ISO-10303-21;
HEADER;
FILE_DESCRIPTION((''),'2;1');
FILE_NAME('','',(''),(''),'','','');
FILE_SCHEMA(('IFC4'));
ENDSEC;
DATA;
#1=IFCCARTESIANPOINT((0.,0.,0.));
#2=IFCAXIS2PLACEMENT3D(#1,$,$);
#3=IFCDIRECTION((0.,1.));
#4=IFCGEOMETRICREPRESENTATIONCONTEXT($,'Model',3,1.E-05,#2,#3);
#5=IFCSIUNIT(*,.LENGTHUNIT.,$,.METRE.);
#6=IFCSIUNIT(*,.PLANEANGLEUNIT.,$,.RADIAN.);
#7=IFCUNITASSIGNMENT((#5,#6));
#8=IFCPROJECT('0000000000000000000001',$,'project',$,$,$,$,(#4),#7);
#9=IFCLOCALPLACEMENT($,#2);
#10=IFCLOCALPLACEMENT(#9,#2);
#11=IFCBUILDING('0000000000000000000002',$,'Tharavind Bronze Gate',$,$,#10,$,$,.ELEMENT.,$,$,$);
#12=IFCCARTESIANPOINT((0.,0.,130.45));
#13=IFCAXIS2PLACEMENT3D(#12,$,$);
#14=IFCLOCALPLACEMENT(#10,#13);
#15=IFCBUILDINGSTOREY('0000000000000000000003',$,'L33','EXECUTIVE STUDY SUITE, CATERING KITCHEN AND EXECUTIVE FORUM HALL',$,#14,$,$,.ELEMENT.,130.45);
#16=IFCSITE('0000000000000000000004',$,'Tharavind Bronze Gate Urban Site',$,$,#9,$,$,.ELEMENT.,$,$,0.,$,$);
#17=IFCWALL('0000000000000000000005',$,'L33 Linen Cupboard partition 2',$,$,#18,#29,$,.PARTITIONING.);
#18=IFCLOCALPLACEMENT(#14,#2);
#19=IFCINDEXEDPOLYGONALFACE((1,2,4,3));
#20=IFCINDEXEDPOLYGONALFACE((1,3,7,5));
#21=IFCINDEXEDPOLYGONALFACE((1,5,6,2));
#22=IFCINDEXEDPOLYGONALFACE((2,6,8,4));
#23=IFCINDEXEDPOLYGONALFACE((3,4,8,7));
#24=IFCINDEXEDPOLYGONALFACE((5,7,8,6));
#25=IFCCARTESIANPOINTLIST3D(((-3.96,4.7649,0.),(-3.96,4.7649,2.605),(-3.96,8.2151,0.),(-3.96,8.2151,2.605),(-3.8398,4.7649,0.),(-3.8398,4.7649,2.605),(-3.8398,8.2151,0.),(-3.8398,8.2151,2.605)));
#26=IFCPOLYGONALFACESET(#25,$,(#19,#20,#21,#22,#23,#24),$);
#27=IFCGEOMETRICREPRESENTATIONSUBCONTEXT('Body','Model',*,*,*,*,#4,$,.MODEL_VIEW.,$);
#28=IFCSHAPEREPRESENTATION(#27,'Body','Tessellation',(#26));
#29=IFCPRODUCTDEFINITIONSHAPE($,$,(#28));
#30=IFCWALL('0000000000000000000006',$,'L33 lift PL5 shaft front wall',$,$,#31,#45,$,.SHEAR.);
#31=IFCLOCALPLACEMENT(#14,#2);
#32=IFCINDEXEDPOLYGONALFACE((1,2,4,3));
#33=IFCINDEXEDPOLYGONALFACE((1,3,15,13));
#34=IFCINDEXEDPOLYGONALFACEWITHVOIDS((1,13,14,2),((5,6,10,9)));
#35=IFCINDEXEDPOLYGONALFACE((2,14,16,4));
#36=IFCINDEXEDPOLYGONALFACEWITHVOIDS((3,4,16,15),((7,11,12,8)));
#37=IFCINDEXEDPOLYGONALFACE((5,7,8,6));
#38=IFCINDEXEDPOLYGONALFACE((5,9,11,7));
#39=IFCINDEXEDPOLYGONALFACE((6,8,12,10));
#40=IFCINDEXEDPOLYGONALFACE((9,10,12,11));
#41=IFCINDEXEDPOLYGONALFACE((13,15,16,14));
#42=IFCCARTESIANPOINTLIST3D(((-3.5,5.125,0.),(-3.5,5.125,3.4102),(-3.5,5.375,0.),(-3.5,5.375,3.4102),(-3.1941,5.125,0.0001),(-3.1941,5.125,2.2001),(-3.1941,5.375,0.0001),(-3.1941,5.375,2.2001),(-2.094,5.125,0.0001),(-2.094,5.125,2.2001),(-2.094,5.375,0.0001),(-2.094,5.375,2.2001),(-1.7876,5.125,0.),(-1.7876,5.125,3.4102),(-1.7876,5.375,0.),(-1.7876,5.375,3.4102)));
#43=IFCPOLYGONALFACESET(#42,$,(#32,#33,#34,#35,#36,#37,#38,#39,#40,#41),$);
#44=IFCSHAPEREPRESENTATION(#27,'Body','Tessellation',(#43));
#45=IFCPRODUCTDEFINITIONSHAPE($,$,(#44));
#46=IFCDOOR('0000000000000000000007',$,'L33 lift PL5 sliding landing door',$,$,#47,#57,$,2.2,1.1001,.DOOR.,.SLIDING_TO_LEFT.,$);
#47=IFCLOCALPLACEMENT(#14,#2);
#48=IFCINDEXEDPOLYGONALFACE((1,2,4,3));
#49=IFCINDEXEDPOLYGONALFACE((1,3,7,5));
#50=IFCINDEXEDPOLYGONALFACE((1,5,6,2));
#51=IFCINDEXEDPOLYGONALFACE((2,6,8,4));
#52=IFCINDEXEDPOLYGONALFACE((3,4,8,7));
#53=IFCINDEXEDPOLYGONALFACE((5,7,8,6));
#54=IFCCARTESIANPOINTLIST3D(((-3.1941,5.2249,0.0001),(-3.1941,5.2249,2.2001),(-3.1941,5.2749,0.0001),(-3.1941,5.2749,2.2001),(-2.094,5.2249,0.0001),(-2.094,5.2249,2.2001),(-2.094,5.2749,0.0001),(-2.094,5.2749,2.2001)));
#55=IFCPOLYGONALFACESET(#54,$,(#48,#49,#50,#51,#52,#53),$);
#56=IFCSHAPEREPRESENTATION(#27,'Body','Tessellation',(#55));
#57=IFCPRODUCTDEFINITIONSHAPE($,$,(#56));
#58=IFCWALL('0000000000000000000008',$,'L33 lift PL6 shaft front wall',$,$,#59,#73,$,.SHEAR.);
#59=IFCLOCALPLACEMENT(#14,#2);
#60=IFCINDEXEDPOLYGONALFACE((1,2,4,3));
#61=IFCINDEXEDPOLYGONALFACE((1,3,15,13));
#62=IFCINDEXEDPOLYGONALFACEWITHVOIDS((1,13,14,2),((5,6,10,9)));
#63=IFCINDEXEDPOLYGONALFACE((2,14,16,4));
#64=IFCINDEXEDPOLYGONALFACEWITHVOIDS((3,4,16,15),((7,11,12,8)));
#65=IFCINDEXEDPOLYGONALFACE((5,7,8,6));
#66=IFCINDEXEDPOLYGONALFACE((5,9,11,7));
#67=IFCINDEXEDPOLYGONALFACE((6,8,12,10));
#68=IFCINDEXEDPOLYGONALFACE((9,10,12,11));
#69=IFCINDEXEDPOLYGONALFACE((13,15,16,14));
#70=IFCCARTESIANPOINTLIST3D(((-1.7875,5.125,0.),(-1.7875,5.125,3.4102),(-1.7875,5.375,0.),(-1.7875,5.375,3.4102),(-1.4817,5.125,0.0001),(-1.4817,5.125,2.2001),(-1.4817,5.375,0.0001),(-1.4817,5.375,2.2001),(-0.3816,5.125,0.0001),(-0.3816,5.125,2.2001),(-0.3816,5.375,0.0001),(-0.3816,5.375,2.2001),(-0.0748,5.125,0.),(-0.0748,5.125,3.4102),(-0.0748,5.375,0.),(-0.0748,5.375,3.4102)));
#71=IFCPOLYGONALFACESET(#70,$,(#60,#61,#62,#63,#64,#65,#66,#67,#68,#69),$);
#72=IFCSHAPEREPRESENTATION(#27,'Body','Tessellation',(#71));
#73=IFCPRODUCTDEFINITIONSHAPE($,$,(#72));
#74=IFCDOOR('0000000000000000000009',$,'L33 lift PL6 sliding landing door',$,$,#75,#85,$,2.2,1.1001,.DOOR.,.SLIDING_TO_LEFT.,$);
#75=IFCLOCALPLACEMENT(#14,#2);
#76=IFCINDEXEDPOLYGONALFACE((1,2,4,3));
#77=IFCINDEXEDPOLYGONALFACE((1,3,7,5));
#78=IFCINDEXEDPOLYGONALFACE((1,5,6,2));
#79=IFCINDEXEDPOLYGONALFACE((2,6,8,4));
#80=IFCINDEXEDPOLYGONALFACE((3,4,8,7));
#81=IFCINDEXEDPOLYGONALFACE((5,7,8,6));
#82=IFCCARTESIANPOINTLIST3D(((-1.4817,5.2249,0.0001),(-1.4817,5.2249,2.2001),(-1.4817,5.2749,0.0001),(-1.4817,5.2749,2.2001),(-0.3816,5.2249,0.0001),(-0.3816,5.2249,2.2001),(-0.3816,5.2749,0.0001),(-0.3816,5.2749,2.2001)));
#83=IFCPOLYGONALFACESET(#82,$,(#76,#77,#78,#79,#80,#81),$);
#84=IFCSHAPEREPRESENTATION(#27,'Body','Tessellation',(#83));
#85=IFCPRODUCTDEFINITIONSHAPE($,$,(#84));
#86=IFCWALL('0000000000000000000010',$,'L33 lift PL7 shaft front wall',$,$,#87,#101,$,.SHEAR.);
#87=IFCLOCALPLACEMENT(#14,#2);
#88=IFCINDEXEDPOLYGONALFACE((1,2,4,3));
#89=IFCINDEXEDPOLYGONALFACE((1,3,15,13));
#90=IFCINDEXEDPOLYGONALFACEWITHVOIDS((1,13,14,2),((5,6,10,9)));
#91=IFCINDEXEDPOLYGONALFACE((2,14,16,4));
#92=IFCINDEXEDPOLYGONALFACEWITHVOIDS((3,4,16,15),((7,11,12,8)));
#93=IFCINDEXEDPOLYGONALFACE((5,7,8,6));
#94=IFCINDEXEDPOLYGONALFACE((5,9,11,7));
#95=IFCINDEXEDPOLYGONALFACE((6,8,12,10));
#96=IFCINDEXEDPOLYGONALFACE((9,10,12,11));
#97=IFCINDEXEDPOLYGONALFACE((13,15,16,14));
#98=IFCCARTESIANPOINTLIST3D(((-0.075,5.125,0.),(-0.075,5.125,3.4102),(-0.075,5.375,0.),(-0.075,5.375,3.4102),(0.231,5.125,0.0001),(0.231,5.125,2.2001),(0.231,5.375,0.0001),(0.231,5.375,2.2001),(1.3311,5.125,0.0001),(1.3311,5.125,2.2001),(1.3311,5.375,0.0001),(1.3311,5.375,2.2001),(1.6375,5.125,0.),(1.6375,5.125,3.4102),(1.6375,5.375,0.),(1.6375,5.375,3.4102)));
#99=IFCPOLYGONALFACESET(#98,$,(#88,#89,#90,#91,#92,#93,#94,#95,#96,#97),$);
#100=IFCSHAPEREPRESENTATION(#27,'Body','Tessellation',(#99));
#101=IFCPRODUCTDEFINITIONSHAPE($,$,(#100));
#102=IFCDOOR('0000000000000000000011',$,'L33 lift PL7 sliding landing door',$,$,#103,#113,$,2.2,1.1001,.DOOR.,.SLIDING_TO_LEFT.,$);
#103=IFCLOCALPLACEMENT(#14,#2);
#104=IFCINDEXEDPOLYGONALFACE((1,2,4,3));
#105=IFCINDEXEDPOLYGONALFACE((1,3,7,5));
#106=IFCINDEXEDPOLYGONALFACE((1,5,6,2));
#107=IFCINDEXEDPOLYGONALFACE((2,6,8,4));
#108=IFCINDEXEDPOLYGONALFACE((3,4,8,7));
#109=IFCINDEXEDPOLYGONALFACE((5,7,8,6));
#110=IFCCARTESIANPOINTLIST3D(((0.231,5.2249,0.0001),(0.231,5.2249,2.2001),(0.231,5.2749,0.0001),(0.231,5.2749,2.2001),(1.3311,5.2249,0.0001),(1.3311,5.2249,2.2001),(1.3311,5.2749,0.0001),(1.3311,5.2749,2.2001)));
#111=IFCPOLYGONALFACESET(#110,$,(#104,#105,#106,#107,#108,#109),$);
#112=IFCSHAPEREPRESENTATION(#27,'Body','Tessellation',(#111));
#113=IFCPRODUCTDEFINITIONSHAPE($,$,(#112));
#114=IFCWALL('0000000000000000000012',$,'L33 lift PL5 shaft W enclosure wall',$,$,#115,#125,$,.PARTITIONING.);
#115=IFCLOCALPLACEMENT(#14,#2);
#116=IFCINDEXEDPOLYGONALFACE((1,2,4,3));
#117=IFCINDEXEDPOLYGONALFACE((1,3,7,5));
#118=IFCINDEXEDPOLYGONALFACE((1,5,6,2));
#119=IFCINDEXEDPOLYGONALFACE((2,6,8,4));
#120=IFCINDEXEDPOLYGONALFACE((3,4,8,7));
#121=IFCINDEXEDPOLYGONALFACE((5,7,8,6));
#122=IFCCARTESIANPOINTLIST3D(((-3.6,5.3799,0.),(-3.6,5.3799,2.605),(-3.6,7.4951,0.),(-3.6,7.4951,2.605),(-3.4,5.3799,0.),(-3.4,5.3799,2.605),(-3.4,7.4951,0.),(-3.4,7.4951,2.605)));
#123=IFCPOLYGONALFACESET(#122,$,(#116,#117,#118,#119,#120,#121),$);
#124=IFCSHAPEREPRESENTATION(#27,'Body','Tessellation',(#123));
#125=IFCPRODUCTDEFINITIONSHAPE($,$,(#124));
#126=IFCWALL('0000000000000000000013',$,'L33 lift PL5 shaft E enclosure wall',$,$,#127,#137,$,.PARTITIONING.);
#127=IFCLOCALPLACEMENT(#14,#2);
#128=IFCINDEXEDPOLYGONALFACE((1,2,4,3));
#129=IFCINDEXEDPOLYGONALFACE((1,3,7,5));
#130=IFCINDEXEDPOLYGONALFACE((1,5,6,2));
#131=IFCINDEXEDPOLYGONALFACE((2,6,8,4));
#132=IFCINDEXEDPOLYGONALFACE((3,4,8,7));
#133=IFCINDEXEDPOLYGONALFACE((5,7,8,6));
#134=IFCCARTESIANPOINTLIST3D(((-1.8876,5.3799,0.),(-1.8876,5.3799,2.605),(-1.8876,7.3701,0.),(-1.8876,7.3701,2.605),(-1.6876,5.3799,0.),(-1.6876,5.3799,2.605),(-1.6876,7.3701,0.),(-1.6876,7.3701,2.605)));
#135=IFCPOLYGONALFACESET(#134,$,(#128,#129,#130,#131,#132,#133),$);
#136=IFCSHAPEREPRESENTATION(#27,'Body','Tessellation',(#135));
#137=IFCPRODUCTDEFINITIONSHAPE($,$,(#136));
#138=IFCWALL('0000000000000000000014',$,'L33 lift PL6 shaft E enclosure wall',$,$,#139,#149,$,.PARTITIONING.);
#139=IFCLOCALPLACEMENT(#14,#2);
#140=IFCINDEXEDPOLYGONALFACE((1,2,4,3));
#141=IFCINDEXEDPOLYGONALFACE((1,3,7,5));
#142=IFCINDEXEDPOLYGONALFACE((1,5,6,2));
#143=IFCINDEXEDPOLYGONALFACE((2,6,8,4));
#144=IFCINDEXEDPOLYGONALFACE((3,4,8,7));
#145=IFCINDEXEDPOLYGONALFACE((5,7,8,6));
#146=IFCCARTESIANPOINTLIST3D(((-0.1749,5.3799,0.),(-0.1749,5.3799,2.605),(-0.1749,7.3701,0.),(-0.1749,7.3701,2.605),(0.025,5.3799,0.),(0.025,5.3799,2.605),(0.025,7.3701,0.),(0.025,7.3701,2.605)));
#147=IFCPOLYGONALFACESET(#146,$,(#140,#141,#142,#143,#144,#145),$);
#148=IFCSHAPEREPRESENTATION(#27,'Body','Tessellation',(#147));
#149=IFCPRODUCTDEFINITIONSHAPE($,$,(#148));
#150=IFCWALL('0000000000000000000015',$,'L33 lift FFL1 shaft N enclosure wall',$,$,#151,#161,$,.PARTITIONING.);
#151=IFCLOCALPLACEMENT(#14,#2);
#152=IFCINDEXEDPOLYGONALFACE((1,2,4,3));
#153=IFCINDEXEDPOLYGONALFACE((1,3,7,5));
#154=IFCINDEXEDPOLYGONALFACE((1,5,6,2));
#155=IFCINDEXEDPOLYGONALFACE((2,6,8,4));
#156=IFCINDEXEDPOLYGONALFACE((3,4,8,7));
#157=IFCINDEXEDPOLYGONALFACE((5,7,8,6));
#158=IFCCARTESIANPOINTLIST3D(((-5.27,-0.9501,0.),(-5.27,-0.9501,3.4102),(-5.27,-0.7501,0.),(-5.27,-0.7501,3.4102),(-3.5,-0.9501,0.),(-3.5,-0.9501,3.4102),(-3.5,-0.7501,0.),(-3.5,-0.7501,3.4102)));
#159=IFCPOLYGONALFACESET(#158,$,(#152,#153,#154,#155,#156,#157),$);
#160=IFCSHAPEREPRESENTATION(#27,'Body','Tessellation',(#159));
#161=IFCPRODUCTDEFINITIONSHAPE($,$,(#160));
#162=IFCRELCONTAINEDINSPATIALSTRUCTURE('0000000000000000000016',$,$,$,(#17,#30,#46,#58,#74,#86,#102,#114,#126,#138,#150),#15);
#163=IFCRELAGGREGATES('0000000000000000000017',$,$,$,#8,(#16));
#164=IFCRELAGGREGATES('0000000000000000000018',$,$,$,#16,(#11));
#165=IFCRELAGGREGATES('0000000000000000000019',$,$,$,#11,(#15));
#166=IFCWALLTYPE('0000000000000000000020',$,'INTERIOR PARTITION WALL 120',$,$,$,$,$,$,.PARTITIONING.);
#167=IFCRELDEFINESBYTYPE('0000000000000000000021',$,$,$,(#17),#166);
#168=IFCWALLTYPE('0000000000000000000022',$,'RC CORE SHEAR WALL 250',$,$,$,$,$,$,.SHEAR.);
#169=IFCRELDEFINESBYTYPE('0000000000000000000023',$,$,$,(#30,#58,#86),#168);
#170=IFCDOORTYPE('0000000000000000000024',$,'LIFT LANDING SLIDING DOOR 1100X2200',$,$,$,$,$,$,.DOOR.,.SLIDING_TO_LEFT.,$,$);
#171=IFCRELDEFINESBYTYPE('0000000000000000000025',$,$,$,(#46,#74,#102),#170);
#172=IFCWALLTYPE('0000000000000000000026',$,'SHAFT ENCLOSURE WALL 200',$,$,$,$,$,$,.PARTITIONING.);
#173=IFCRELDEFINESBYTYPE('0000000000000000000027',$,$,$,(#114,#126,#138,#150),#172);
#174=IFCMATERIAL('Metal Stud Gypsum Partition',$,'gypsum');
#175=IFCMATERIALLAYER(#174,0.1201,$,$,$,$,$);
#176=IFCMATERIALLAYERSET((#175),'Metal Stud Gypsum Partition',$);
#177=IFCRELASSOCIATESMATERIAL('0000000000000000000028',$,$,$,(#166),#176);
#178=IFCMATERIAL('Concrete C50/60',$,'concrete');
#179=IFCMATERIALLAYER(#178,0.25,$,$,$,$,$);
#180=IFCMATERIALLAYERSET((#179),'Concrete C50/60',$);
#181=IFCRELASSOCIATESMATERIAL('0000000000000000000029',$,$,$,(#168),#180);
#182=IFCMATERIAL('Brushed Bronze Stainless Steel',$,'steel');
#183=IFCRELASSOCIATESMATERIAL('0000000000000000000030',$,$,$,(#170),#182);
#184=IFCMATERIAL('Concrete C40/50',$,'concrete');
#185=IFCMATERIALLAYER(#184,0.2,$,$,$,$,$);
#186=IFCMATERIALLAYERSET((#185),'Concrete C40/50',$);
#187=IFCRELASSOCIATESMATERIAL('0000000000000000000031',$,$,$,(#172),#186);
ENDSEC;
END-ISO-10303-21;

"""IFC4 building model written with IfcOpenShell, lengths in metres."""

from ifc_helpers import new_model, si_unit, direction, frame, frame_2d, origin, place, context, subcontext, project, spatial, rectangle, extrude, material, layer, layer_set, type_object, element, fill, save


model = new_model("IFC4")

# Units and contexts
model_context = context("Model", 3, precision=1e-05, world=origin(), true_north=direction((0.0, 1.0)))
body_context = subcontext(model_context, "Body", "Model", "MODEL_VIEW")
ifc_project = project(units=[si_unit("LENGTHUNIT", "METRE"), si_unit("PLANEANGLEUNIT", "RADIAN")], contexts=[model_context])

# Site, building, storey
site_placement = place(None, origin())
site = spatial("IfcSite", under=ifc_project, at=site_placement, Name="Tharavind Bronze Gate Urban Site", CompositionType="ELEMENT", RefElevation=0.0)
building_placement = place(site_placement, origin())
building = spatial("IfcBuilding", under=site, at=building_placement, Name="Tharavind Bronze Gate", CompositionType="ELEMENT")
storey_placement = place(building_placement, frame((0.0, 0.0, 130.45)))
storey = spatial("IfcBuildingStorey", under=building, at=storey_placement, Name="L33", Description="EXECUTIVE STUDY SUITE, CATERING KITCHEN AND EXECUTIVE FORUM HALL", CompositionType="ELEMENT", Elevation=130.45)

# Shared definitions
ifc_material_1 = material(Name="Concrete C40/50", Category="concrete")

# Shared definitions
ifc_material_2 = material(Name="Metal Stud Gypsum Partition", Category="gypsum")
ifc_layer_1 = layer(ifc_material_2, 0.1201)
ifc_layer_set_1 = layer_set([ifc_layer_1], Name="Metal Stud Gypsum Partition")
wall_type_1 = type_object("IfcWallType", Name="INTERIOR PARTITION WALL 120", PredefinedType="PARTITIONING", material=ifc_layer_set_1)

# Wall
wall_1_placement = place(storey_placement, frame((-3.8999, 4.7649, 0.0), z_axis=(0.0, 0.0, 1.0), x_axis=(0.0, 1.0, 0.0)))
element("IfcWall", 1, at=wall_1_placement, inside=storey, type_object=wall_type_1, Name="L33 Linen Cupboard partition 2", PredefinedType="PARTITIONING", context=body_context, shape_type="SweptSolid", body=[
    extrude(rectangle(XDim=3.4502, YDim=0.1201, at=frame_2d((1.7251, 0.0))), origin(), (0.0, 0.0, 1.0), 2.605),
])

# Walls, openings, doors
ifc_material_3 = material(Name="Concrete C50/60", Category="concrete")
ifc_layer_2 = layer(ifc_material_3, 0.25)
ifc_layer_set_2 = layer_set([ifc_layer_2], Name="Concrete C50/60")
wall_type_2 = type_object("IfcWallType", Name="RC CORE SHEAR WALL 250", PredefinedType="SHEAR", material=ifc_layer_set_2)
wall_2_placement = place(storey_placement, frame((-3.5, 5.25, 0.0), z_axis=(0.0, 0.0, 1.0), x_axis=(1.0, 0.0, 0.0)))
wall_2 = element("IfcWall", 2, at=wall_2_placement, inside=storey, type_object=wall_type_2, Name="L33 lift PL5 shaft front wall", PredefinedType="SHEAR", context=body_context, shape_type="SweptSolid", body=[
    extrude(rectangle(XDim=1.7124, YDim=0.25, at=frame_2d((0.8562, 0.0))), origin(), (0.0, 0.0, 1.0), 3.4102),
])
opening_1_placement = place(wall_2_placement, frame((0.3059, 0.0, 0.0)))
opening_1 = element("IfcOpeningElement", 3, at=opening_1_placement, cuts=wall_2, PredefinedType="OPENING", context=body_context, shape_type="SweptSolid", body=[
    extrude(rectangle(XDim=1.1001, YDim=2.2, at=frame_2d((0.55, 1.1001))), frame((0.0, 0.135, 0.0), z_axis=(0.0, -1.0, 0.0), x_axis=(1.0, 0.0, 0.0)), (0.0, 0.0, 1.0), 0.27),
])
ifc_material_4 = material(Name="Brushed Bronze Stainless Steel", Category="steel")
door_type_1 = type_object("IfcDoorType", Name="LIFT LANDING SLIDING DOOR 1100X2200", OperationType="SLIDING_TO_LEFT", PredefinedType="DOOR", material=ifc_material_4)
door_1_placement = place(opening_1_placement, origin())
door_1 = element("IfcDoor", 4, at=door_1_placement, inside=storey, type_object=door_type_1, Name="L33 lift PL5 sliding landing door", OperationType="SLIDING_TO_LEFT", OverallHeight=2.2, OverallWidth=1.1001, PredefinedType="DOOR", context=body_context, shape_type="SweptSolid", body=[
    extrude(rectangle(XDim=1.1001, YDim=2.2, at=frame_2d((0.55, 1.1001))), frame((0.0, 0.0249, 0.0), z_axis=(0.0, -1.0, 0.0), x_axis=(1.0, 0.0, 0.0)), (0.0, 0.0, 1.0), 0.05),
])
fill(opening_1, door_1)
wall_3_placement = place(storey_placement, frame((-1.7876, 5.25, 0.0), z_axis=(0.0, 0.0, 1.0), x_axis=(1.0, 0.0, 0.0)))
wall_3 = element("IfcWall", 5, at=wall_3_placement, inside=storey, type_object=wall_type_2, Name="L33 lift PL6 shaft front wall", PredefinedType="SHEAR", context=body_context, shape_type="SweptSolid", body=[
    extrude(rectangle(XDim=1.7126, YDim=0.25, at=frame_2d((0.8564, 0.0))), origin(), (0.0, 0.0, 1.0), 3.4102),
])
opening_2_placement = place(wall_3_placement, frame((0.3059, 0.0, 0.0)))
opening_2 = element("IfcOpeningElement", 6, at=opening_2_placement, cuts=wall_3, PredefinedType="OPENING", context=body_context, shape_type="SweptSolid", body=[
    extrude(rectangle(XDim=1.1001, YDim=2.2, at=frame_2d((0.55, 1.1001))), frame((0.0, 0.135, 0.0), z_axis=(0.0, -1.0, 0.0), x_axis=(1.0, 0.0, 0.0)), (0.0, 0.0, 1.0), 0.27),
])
door_2_placement = place(opening_2_placement, origin())
door_2 = element("IfcDoor", 7, at=door_2_placement, inside=storey, type_object=door_type_1, Name="L33 lift PL6 sliding landing door", OperationType="SLIDING_TO_LEFT", OverallHeight=2.2, OverallWidth=1.1001, PredefinedType="DOOR", context=body_context, shape_type="SweptSolid", body=[
    extrude(rectangle(XDim=1.1001, YDim=2.2, at=frame_2d((0.55, 1.1001))), frame((0.0, 0.0249, 0.0), z_axis=(0.0, -1.0, 0.0), x_axis=(1.0, 0.0, 0.0)), (0.0, 0.0, 1.0), 0.05),
])
fill(opening_2, door_2)
wall_4_placement = place(storey_placement, frame((-0.075, 5.25, 0.0), z_axis=(0.0, 0.0, 1.0), x_axis=(1.0, 0.0, 0.0)))
wall_4 = element("IfcWall", 8, at=wall_4_placement, inside=storey, type_object=wall_type_2, Name="L33 lift PL7 shaft front wall", PredefinedType="SHEAR", context=body_context, shape_type="SweptSolid", body=[
    extrude(rectangle(XDim=1.7124, YDim=0.25, at=frame_2d((0.8562, 0.0))), origin(), (0.0, 0.0, 1.0), 3.4102),
])
opening_3_placement = place(wall_4_placement, frame((0.3059, 0.0, 0.0)))
opening_3 = element("IfcOpeningElement", 9, at=opening_3_placement, cuts=wall_4, PredefinedType="OPENING", context=body_context, shape_type="SweptSolid", body=[
    extrude(rectangle(XDim=1.1001, YDim=2.2, at=frame_2d((0.55, 1.1001))), frame((0.0, 0.135, 0.0), z_axis=(0.0, -1.0, 0.0), x_axis=(1.0, 0.0, 0.0)), (0.0, 0.0, 1.0), 0.27),
])
door_3_placement = place(opening_3_placement, origin())
door_3 = element("IfcDoor", 10, at=door_3_placement, inside=storey, type_object=door_type_1, Name="L33 lift PL7 sliding landing door", OperationType="SLIDING_TO_LEFT", OverallHeight=2.2, OverallWidth=1.1001, PredefinedType="DOOR", context=body_context, shape_type="SweptSolid", body=[
    extrude(rectangle(XDim=1.1001, YDim=2.2, at=frame_2d((0.55, 1.1001))), frame((0.0, 0.0249, 0.0), z_axis=(0.0, -1.0, 0.0), x_axis=(1.0, 0.0, 0.0)), (0.0, 0.0, 1.0), 0.05),
])
fill(opening_3, door_3)

# Walls
ifc_layer_3 = layer(ifc_material_1, 0.2)
ifc_layer_set_3 = layer_set([ifc_layer_3], Name="Concrete C40/50")
wall_type_3 = type_object("IfcWallType", Name="SHAFT ENCLOSURE WALL 200", PredefinedType="PARTITIONING", material=ifc_layer_set_3)
wall_5_placement = place(storey_placement, frame((-3.5, 5.3799, 0.0), z_axis=(0.0, 0.0, 1.0), x_axis=(0.0, 1.0, 0.0)))
element("IfcWall", 11, at=wall_5_placement, inside=storey, type_object=wall_type_3, Name="L33 lift PL5 shaft W enclosure wall", PredefinedType="PARTITIONING", context=body_context, shape_type="SweptSolid", body=[
    extrude(rectangle(XDim=2.1152, YDim=0.2, at=frame_2d((1.0576, 0.0))), origin(), (0.0, 0.0, 1.0), 2.605),
])
for number, where, z_axis, x_axis, name in (
    (12, (-1.7876, 5.3799, 0.0), (0.0, 0.0, 1.0), (0.0, 1.0, 0.0), "L33 lift PL5 shaft E enclosure wall"),
    (13, (-0.075, 5.3799, 0.0), (0.0, 0.0, 1.0), (0.0, 1.0, 0.0), "L33 lift PL6 shaft E enclosure wall"),
):
    element("IfcWall", number, at=place(storey_placement, frame(where, z_axis=z_axis, x_axis=x_axis)), inside=storey, type_object=wall_type_3, Name=name, PredefinedType="PARTITIONING", context=body_context, shape_type="SweptSolid", body=[
        extrude(rectangle(XDim=1.9902, YDim=0.2, at=frame_2d((0.9951, 0.0))), origin(), (0.0, 0.0, 1.0), 2.605),
    ])
wall_6_placement = place(storey_placement, frame((-5.27, -0.8501, 0.0), z_axis=(0.0, 0.0, 1.0), x_axis=(1.0, 0.0, 0.0)))
element("IfcWall", 14, at=wall_6_placement, inside=storey, type_object=wall_type_3, Name="L33 lift FFL1 shaft N enclosure wall", PredefinedType="PARTITIONING", context=body_context, shape_type="SweptSolid", body=[
    extrude(rectangle(XDim=1.77, YDim=0.2, at=frame_2d((0.885, 0.0))), origin(), (0.0, 0.0, 1.0), 3.4102),
])

save(model, "model.ifc")
